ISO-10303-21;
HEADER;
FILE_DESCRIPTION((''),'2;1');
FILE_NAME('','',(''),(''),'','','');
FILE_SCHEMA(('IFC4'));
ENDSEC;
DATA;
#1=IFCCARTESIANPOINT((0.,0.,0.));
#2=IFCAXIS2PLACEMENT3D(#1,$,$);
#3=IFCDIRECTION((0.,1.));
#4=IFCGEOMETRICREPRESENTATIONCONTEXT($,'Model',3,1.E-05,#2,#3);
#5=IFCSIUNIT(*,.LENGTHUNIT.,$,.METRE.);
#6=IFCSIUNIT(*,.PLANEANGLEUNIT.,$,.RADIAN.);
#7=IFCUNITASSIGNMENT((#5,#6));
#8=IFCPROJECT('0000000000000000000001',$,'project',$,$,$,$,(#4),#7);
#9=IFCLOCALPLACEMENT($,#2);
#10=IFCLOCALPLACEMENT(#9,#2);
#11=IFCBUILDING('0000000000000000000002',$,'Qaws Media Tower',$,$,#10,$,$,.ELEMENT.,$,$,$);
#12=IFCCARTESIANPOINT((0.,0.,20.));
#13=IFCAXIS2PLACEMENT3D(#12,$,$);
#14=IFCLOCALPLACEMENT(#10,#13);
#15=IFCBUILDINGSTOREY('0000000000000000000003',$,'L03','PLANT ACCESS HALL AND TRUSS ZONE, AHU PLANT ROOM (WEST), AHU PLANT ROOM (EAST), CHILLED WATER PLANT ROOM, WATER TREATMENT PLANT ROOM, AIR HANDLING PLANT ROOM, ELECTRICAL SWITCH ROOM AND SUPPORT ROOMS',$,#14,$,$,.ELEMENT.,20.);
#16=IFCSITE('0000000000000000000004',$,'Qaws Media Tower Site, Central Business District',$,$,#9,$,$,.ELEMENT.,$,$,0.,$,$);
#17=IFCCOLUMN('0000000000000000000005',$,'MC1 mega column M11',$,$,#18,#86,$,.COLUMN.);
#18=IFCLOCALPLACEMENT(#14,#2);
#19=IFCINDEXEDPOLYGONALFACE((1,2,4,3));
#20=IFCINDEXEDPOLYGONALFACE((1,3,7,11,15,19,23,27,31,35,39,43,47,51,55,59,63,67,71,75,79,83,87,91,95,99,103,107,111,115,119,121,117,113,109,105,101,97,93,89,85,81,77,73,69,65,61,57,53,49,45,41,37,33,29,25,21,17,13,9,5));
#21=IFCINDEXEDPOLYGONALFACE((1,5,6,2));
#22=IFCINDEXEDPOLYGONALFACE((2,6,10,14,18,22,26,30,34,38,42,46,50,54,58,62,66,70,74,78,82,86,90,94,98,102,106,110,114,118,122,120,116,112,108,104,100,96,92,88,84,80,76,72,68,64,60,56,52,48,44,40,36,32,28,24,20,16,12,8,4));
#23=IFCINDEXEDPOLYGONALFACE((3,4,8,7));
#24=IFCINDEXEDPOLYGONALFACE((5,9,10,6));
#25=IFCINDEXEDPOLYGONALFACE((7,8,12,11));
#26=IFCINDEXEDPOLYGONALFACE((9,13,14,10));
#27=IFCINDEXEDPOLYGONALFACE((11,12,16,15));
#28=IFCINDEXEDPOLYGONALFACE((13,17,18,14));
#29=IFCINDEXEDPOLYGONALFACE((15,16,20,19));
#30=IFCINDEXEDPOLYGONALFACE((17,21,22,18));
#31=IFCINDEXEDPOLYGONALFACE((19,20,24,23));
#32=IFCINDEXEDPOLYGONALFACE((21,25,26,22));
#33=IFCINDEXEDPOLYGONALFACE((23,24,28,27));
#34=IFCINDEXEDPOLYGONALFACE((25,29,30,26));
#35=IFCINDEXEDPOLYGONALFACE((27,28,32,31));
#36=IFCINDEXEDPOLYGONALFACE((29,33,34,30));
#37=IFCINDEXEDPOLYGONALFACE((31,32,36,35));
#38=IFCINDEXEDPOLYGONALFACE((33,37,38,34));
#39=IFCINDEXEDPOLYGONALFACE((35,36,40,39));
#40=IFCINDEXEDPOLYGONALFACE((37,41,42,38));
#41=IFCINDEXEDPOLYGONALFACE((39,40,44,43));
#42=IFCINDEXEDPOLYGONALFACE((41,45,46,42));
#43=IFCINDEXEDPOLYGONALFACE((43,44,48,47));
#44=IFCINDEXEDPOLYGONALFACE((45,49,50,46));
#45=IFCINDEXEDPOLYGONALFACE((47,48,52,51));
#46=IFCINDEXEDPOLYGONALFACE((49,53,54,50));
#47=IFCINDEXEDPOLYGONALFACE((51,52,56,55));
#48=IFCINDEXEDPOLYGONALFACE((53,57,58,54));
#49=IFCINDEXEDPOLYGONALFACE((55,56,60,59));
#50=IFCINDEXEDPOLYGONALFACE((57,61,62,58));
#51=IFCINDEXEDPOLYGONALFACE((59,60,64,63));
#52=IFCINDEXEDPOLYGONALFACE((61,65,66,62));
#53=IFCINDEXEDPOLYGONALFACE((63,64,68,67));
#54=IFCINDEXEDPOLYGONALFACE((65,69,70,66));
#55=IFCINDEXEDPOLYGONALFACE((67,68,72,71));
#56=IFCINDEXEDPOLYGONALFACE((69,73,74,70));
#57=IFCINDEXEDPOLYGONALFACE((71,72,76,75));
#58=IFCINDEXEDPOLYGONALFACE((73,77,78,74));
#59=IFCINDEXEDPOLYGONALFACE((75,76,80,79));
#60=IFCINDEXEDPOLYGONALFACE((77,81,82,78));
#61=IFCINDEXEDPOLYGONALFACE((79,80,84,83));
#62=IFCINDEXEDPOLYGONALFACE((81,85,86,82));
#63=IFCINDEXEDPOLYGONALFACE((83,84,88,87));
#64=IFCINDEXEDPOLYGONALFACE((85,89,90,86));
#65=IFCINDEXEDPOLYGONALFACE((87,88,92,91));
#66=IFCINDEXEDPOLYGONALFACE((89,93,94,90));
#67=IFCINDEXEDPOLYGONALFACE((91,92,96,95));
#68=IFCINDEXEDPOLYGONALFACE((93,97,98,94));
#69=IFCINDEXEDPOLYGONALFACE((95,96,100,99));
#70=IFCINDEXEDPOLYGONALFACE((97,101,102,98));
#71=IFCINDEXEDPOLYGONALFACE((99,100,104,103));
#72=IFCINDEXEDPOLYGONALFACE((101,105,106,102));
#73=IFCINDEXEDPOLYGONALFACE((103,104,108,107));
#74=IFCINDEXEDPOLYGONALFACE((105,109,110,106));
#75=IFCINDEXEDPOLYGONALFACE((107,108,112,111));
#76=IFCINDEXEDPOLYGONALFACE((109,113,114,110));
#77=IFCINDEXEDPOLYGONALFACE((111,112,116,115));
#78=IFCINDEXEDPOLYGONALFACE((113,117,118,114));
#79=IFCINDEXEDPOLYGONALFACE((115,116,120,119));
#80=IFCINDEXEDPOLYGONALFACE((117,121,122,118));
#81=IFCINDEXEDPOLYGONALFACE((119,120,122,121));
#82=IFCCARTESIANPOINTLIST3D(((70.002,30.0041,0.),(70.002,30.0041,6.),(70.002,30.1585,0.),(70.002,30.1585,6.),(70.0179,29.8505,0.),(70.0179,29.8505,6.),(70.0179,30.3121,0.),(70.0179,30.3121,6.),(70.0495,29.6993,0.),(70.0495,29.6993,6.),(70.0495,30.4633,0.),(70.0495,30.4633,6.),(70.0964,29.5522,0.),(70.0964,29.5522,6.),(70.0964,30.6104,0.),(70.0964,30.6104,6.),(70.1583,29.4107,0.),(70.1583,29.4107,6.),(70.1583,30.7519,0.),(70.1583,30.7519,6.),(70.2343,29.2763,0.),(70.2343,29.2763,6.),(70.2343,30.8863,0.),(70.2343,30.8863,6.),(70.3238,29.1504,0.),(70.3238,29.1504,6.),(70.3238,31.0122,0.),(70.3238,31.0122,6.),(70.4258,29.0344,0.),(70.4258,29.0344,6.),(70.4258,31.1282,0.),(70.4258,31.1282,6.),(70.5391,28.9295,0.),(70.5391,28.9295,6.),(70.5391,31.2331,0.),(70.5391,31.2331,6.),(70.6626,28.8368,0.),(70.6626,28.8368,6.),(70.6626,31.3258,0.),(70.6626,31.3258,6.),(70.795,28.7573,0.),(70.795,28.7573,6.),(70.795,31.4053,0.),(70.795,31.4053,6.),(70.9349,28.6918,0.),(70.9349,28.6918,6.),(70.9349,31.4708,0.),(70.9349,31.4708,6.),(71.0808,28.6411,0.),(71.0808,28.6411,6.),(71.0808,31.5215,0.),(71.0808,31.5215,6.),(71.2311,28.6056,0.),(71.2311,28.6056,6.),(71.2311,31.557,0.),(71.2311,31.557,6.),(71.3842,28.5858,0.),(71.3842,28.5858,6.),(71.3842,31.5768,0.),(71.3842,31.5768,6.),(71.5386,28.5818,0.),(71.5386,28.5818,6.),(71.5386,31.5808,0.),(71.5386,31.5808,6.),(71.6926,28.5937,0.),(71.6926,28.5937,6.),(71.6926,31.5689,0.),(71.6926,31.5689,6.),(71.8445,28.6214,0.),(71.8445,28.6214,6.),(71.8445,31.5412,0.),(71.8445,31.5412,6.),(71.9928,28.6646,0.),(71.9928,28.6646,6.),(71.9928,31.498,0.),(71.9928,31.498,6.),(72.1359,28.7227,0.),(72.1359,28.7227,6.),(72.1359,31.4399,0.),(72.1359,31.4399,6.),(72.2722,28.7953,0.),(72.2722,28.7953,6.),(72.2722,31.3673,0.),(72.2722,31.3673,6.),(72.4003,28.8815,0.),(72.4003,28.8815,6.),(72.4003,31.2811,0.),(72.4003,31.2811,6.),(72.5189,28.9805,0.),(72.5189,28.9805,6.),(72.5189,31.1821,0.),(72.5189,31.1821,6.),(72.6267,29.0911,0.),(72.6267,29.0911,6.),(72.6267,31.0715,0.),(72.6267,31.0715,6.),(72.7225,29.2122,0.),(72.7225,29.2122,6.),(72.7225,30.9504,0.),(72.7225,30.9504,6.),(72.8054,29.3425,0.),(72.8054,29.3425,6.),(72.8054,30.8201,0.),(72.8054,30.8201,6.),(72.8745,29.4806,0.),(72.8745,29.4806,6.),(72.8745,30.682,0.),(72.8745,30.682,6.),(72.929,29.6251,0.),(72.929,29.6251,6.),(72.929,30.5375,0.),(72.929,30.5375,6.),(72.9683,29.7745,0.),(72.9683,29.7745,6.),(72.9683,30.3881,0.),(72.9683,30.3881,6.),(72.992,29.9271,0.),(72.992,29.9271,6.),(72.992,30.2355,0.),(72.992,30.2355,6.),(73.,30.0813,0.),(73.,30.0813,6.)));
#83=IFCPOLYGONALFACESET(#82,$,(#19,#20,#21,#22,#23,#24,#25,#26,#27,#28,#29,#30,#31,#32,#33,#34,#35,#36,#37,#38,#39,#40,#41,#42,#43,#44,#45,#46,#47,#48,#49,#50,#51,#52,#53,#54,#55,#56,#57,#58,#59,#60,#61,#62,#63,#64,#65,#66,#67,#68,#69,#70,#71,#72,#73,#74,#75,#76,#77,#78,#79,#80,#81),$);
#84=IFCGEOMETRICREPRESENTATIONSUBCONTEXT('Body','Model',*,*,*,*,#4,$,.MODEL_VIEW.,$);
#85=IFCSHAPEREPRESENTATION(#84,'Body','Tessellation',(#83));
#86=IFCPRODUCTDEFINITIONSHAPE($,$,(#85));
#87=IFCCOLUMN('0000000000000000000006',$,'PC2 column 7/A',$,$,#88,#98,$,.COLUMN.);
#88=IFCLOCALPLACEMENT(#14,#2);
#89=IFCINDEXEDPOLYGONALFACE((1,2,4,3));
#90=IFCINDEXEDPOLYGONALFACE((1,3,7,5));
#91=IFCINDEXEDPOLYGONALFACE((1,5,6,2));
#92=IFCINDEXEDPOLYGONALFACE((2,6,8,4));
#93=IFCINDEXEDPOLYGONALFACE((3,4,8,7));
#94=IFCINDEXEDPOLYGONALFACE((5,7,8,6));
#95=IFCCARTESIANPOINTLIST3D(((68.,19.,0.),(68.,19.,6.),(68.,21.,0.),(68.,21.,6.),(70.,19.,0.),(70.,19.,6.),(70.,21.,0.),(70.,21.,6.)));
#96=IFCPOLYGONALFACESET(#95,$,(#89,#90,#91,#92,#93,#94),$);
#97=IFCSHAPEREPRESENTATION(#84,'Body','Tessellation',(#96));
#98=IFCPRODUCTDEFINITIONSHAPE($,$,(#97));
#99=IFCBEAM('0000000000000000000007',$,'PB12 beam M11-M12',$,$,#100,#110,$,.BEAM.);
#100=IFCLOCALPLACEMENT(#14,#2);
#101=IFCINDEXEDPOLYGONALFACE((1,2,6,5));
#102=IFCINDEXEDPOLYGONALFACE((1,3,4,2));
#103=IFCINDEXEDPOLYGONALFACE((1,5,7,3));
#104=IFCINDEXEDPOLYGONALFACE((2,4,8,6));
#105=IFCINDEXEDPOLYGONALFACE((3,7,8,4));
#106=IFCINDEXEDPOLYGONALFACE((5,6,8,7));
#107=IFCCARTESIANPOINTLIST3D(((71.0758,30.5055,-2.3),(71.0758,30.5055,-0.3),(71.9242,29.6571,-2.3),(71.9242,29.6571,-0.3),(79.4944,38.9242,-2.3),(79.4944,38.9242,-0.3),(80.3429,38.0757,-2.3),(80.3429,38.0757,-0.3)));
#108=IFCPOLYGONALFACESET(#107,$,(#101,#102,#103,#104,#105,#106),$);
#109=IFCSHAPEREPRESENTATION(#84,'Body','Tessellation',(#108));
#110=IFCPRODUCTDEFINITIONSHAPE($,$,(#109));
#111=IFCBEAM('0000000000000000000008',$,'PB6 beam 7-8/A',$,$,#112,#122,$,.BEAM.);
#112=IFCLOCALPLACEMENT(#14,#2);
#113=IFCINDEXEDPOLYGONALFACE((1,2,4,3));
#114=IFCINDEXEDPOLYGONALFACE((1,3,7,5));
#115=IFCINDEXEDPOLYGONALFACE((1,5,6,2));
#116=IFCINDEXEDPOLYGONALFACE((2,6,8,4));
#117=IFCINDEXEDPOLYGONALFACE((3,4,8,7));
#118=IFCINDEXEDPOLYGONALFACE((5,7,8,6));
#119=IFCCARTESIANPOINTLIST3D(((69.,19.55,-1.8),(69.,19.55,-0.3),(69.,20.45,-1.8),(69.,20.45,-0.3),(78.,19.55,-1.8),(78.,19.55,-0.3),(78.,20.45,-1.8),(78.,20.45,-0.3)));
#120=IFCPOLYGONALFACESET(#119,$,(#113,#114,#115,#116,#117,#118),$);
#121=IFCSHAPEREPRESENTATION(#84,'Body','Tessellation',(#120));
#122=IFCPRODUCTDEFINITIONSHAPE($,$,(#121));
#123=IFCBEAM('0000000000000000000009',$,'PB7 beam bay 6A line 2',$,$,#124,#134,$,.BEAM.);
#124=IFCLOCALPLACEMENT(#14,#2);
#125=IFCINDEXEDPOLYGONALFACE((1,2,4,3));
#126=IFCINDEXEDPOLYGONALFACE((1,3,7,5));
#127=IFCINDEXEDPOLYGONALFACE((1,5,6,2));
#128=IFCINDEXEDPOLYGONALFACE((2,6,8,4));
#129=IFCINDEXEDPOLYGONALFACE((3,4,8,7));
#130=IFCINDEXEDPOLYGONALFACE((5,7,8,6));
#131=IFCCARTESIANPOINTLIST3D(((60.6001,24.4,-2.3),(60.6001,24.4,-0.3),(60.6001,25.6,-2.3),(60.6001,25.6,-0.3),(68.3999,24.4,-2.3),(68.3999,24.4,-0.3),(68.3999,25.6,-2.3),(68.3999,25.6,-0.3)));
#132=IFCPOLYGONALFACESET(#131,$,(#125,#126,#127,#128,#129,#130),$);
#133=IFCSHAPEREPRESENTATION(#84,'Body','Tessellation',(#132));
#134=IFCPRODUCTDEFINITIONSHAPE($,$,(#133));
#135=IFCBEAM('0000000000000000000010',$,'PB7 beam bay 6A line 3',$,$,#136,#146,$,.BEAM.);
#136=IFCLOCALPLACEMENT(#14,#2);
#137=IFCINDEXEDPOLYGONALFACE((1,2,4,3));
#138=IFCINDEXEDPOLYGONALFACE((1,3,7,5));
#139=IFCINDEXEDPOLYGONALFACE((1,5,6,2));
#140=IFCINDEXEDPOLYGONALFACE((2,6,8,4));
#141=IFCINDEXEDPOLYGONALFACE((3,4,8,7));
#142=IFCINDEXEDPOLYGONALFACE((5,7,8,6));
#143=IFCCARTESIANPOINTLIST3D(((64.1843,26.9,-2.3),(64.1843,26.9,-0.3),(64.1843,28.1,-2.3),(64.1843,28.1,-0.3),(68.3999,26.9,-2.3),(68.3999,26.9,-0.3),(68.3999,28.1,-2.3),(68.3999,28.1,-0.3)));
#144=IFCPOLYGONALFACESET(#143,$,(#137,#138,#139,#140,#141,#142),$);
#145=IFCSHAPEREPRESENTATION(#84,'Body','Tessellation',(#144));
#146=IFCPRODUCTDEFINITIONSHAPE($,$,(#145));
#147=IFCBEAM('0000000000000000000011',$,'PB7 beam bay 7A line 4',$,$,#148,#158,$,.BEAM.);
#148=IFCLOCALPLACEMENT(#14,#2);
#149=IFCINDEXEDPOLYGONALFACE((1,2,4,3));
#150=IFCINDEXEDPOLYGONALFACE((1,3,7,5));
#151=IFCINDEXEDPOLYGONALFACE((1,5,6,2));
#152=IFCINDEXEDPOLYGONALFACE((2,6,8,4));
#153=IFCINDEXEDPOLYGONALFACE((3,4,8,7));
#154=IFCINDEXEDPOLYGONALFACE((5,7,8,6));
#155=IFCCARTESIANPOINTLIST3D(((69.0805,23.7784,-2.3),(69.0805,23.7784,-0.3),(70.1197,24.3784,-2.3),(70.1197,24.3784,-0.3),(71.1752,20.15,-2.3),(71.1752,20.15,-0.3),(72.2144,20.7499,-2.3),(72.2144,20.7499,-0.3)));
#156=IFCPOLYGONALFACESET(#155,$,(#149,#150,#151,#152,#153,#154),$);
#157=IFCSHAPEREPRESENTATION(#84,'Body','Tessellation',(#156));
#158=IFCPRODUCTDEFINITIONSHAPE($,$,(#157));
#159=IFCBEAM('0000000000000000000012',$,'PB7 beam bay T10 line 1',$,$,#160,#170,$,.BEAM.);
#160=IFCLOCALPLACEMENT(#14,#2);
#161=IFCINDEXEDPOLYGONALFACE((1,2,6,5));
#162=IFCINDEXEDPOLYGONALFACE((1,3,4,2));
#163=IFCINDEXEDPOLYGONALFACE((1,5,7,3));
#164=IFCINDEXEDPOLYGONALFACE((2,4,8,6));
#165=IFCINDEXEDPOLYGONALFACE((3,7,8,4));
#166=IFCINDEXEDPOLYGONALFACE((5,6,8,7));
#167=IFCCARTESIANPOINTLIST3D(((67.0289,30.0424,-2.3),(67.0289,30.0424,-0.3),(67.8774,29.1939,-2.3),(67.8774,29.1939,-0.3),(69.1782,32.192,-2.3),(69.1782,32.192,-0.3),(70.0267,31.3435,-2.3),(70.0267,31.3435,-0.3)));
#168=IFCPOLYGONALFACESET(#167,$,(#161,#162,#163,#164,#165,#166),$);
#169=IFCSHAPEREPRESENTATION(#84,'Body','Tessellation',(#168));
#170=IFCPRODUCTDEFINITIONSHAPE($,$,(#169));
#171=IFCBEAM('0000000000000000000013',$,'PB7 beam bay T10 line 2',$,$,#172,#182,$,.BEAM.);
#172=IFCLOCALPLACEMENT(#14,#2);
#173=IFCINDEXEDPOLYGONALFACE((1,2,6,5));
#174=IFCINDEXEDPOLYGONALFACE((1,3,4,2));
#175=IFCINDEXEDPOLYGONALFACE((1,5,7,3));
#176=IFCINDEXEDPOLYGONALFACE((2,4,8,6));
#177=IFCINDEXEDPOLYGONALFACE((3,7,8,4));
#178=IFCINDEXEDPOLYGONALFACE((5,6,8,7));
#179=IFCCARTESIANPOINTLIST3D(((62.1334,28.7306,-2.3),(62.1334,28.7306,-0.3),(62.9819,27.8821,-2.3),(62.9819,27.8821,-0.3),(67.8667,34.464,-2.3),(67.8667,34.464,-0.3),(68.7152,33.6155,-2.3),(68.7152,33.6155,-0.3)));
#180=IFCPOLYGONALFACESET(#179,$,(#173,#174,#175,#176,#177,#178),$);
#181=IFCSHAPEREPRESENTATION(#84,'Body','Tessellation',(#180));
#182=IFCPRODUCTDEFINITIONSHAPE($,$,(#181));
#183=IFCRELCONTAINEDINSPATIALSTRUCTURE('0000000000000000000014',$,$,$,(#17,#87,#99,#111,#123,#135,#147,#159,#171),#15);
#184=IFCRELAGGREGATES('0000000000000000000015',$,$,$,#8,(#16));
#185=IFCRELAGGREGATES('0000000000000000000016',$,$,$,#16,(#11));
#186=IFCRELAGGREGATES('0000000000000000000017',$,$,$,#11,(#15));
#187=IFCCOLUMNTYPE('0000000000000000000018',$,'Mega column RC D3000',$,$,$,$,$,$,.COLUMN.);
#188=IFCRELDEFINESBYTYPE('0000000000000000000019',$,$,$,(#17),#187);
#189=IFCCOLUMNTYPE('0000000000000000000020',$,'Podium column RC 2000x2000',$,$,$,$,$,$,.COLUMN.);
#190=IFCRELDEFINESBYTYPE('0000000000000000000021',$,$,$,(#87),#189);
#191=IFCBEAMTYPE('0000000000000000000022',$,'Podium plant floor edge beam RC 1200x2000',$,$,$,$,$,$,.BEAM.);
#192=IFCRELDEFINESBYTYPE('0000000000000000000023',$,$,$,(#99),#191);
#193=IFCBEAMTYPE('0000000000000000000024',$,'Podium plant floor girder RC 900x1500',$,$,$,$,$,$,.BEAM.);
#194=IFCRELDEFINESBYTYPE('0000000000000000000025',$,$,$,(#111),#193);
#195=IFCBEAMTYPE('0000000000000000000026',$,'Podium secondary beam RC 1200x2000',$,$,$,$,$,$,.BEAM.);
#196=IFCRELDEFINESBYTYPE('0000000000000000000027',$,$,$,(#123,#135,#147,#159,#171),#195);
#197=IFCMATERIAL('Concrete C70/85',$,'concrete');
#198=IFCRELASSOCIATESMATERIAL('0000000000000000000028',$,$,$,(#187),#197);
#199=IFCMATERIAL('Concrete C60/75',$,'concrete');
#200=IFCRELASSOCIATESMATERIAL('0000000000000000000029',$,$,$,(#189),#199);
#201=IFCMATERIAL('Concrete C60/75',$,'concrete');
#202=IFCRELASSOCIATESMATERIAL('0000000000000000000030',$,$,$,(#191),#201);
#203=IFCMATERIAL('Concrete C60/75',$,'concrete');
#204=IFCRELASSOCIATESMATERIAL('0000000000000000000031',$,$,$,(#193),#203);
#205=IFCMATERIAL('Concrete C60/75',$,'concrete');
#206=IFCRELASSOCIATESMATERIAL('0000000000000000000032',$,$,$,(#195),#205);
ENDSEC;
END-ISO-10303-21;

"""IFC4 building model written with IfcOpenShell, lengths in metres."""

from ifc_helpers import new_model, si_unit, direction, frame, origin, origin_2d, place, context, subcontext, project, spatial, rectangle, circle, extrude, material, material_profile, profile_set, type_object, element, save


model = new_model("IFC4")

# Units and contexts
model_context = context("Model", 3, precision=1e-05, world=origin(), true_north=direction((0.0, 1.0)))
body_context = subcontext(model_context, "Body", "Model", "MODEL_VIEW")
ifc_project = project(units=[si_unit("LENGTHUNIT", "METRE"), si_unit("PLANEANGLEUNIT", "RADIAN")], contexts=[model_context])

# Site, building, storey
site_placement = place(None, origin())
site = spatial("IfcSite", under=ifc_project, at=site_placement, Name="Qaws Media Tower Site, Central Business District", CompositionType="ELEMENT", RefElevation=0.0)
building_placement = place(site_placement, origin())
building = spatial("IfcBuilding", under=site, at=building_placement, Name="Qaws Media Tower", CompositionType="ELEMENT")
storey_placement = place(building_placement, frame((0.0, 0.0, 20.0)))
storey = spatial("IfcBuildingStorey", under=building, at=storey_placement, Name="L03", Description="PLANT ACCESS HALL AND TRUSS ZONE, AHU PLANT ROOM (WEST), AHU PLANT ROOM (EAST), CHILLED WATER PLANT ROOM, WATER TREATMENT PLANT ROOM, AIR HANDLING PLANT ROOM, ELECTRICAL SWITCH ROOM AND SUPPORT ROOMS", CompositionType="ELEMENT", Elevation=20.0)

# Columns
ifc_material_1 = material(Name="Concrete C70/85", Category="concrete")
ifc_material_profile_1 = material_profile(ifc_material_1, circle(Radius=1.5, at=origin_2d()), Name="RC D3000")
ifc_profile_set_1 = profile_set([ifc_material_profile_1], Name="Concrete C70/85")
column_type_1 = type_object("IfcColumnType", Name="Mega column RC D3000", PredefinedType="COLUMN", material=ifc_profile_set_1)
column_1_placement = place(storey_placement, frame((71.5, 30.0813, 0.0), z_axis=(0.0, 0.0, 1.0), x_axis=(1.0, 0.0, 0.0)))
element("IfcColumn", 1, at=column_1_placement, inside=storey, type_object=column_type_1, Name="MC1 mega column M11", PredefinedType="COLUMN", context=body_context, shape_type="SweptSolid", body=[
    extrude(circle(Radius=1.5, at=origin_2d()), origin(), (0.0, 0.0, 1.0), 6.0),
])
ifc_material_2 = material(Name="Concrete C60/75", Category="concrete")
ifc_material_profile_2 = material_profile(ifc_material_2, rectangle(XDim=2.0, YDim=2.0, at=origin_2d()), Name="RC 2000x2000")
ifc_profile_set_2 = profile_set([ifc_material_profile_2], Name="Concrete C60/75")
column_type_2 = type_object("IfcColumnType", Name="Podium column RC 2000x2000", PredefinedType="COLUMN", material=ifc_profile_set_2)
column_2_placement = place(storey_placement, frame((69.0, 20.0, 0.0), z_axis=(0.0, 0.0, 1.0), x_axis=(1.0, 0.0, 0.0)))
element("IfcColumn", 2, at=column_2_placement, inside=storey, type_object=column_type_2, Name="PC2 column 7/A", PredefinedType="COLUMN", context=body_context, shape_type="SweptSolid", body=[
    extrude(rectangle(XDim=2.0, YDim=2.0, at=origin_2d()), origin(), (0.0, 0.0, 1.0), 6.0),
])

# Beams
ifc_material_3 = material(Name="Concrete C60/75", Category="concrete")
ifc_material_profile_3 = material_profile(ifc_material_3, rectangle(XDim=1.2, YDim=2.0, at=origin_2d()), Name="RC 1200x2000")
ifc_profile_set_3 = profile_set([ifc_material_profile_3], Name="Concrete C60/75")
beam_type_1 = type_object("IfcBeamType", Name="Podium plant floor edge beam RC 1200x2000", PredefinedType="BEAM", material=ifc_profile_set_3)
beam_1_placement = place(storey_placement, frame((71.5, 30.0813, -1.3), z_axis=(0.707107, 0.707107, 0.0), x_axis=(-0.707107, 0.707107, 0.0)))
element("IfcBeam", 3, at=beam_1_placement, inside=storey, type_object=beam_type_1, Name="PB12 beam M11-M12", PredefinedType="BEAM", context=body_context, shape_type="SweptSolid", body=[
    extrude(rectangle(XDim=1.2, YDim=2.0, at=origin_2d()), origin(), (0.0, 0.0, 1.0), 11.9058),
])
ifc_material_4 = material(Name="Concrete C60/75", Category="concrete")
ifc_material_profile_4 = material_profile(ifc_material_4, rectangle(XDim=0.8999, YDim=1.5, at=origin_2d()), Name="RC 900x1500")
ifc_profile_set_4 = profile_set([ifc_material_profile_4], Name="Concrete C60/75")
beam_type_2 = type_object("IfcBeamType", Name="Podium plant floor girder RC 900x1500", PredefinedType="BEAM", material=ifc_profile_set_4)
beam_2_placement = place(storey_placement, frame((69.0, 20.0, -1.05), z_axis=(1.0, 0.0, 0.0), x_axis=(0.0, 1.0, 0.0)))
element("IfcBeam", 4, at=beam_2_placement, inside=storey, type_object=beam_type_2, Name="PB6 beam 7-8/A", PredefinedType="BEAM", context=body_context, shape_type="SweptSolid", body=[
    extrude(rectangle(XDim=0.8999, YDim=1.5, at=origin_2d()), origin(), (0.0, 0.0, 1.0), 9.0),
])
ifc_material_5 = material(Name="Concrete C60/75", Category="concrete")
ifc_material_profile_5 = material_profile(ifc_material_5, rectangle(XDim=1.2, YDim=2.0, at=origin_2d()), Name="RC 1200x2000")
ifc_profile_set_5 = profile_set([ifc_material_profile_5], Name="Concrete C60/75")
beam_type_3 = type_object("IfcBeamType", Name="Podium secondary beam RC 1200x2000", PredefinedType="BEAM", material=ifc_profile_set_5)
beam_3_placement = place(storey_placement, frame((60.6001, 25.0, -1.3), z_axis=(1.0, 0.0, 0.0), x_axis=(0.0, 1.0, 0.0)))
element("IfcBeam", 5, at=beam_3_placement, inside=storey, type_object=beam_type_3, Name="PB7 beam bay 6A line 2", PredefinedType="BEAM", context=body_context, shape_type="SweptSolid", body=[
    extrude(rectangle(XDim=1.2, YDim=2.0, at=origin_2d()), origin(), (0.0, 0.0, 1.0), 7.7998),
])
beam_4_placement = place(storey_placement, frame((64.1843, 27.5, -1.3), z_axis=(1.0, 0.0, 0.0), x_axis=(0.0, 1.0, 0.0)))
element("IfcBeam", 6, at=beam_4_placement, inside=storey, type_object=beam_type_3, Name="PB7 beam bay 6A line 3", PredefinedType="BEAM", context=body_context, shape_type="SweptSolid", body=[
    extrude(rectangle(XDim=1.2, YDim=2.0, at=origin_2d()), origin(), (0.0, 0.0, 1.0), 4.2156),
])
beam_5_placement = place(storey_placement, frame((71.6948, 20.45, -1.3), z_axis=(-0.499975, 0.86604, 0.0), x_axis=(-0.86604, -0.499975, 0.0)))
element("IfcBeam", 7, at=beam_5_placement, inside=storey, type_object=beam_type_3, Name="PB7 beam bay 7A line 4", PredefinedType="BEAM", context=body_context, shape_type="SweptSolid", body=[
    extrude(rectangle(XDim=1.2, YDim=2.0, at=origin_2d()), origin(), (0.0, 0.0, 1.0), 4.1897),
])
beam_6_placement = place(storey_placement, frame((67.4531, 29.6182, -1.3), z_axis=(0.707067, 0.707147, 0.0), x_axis=(-0.707147, 0.707067, 0.0)))
element("IfcBeam", 8, at=beam_6_placement, inside=storey, type_object=beam_type_3, Name="PB7 beam bay T10 line 1", PredefinedType="BEAM", context=body_context, shape_type="SweptSolid", body=[
    extrude(rectangle(XDim=1.2, YDim=2.0, at=origin_2d()), origin(), (0.0, 0.0, 1.0), 3.0398),
])
beam_7_placement = place(storey_placement, frame((62.5576, 28.3064, -1.3), z_axis=(0.707107, 0.707107, 0.0), x_axis=(-0.707107, 0.707107, 0.0)))
element("IfcBeam", 9, at=beam_7_placement, inside=storey, type_object=beam_type_3, Name="PB7 beam bay T10 line 2", PredefinedType="BEAM", context=body_context, shape_type="SweptSolid", body=[
    extrude(rectangle(XDim=1.2, YDim=2.0, at=origin_2d()), origin(), (0.0, 0.0, 1.0), 8.1082),
])

save(model, "model.ifc")
